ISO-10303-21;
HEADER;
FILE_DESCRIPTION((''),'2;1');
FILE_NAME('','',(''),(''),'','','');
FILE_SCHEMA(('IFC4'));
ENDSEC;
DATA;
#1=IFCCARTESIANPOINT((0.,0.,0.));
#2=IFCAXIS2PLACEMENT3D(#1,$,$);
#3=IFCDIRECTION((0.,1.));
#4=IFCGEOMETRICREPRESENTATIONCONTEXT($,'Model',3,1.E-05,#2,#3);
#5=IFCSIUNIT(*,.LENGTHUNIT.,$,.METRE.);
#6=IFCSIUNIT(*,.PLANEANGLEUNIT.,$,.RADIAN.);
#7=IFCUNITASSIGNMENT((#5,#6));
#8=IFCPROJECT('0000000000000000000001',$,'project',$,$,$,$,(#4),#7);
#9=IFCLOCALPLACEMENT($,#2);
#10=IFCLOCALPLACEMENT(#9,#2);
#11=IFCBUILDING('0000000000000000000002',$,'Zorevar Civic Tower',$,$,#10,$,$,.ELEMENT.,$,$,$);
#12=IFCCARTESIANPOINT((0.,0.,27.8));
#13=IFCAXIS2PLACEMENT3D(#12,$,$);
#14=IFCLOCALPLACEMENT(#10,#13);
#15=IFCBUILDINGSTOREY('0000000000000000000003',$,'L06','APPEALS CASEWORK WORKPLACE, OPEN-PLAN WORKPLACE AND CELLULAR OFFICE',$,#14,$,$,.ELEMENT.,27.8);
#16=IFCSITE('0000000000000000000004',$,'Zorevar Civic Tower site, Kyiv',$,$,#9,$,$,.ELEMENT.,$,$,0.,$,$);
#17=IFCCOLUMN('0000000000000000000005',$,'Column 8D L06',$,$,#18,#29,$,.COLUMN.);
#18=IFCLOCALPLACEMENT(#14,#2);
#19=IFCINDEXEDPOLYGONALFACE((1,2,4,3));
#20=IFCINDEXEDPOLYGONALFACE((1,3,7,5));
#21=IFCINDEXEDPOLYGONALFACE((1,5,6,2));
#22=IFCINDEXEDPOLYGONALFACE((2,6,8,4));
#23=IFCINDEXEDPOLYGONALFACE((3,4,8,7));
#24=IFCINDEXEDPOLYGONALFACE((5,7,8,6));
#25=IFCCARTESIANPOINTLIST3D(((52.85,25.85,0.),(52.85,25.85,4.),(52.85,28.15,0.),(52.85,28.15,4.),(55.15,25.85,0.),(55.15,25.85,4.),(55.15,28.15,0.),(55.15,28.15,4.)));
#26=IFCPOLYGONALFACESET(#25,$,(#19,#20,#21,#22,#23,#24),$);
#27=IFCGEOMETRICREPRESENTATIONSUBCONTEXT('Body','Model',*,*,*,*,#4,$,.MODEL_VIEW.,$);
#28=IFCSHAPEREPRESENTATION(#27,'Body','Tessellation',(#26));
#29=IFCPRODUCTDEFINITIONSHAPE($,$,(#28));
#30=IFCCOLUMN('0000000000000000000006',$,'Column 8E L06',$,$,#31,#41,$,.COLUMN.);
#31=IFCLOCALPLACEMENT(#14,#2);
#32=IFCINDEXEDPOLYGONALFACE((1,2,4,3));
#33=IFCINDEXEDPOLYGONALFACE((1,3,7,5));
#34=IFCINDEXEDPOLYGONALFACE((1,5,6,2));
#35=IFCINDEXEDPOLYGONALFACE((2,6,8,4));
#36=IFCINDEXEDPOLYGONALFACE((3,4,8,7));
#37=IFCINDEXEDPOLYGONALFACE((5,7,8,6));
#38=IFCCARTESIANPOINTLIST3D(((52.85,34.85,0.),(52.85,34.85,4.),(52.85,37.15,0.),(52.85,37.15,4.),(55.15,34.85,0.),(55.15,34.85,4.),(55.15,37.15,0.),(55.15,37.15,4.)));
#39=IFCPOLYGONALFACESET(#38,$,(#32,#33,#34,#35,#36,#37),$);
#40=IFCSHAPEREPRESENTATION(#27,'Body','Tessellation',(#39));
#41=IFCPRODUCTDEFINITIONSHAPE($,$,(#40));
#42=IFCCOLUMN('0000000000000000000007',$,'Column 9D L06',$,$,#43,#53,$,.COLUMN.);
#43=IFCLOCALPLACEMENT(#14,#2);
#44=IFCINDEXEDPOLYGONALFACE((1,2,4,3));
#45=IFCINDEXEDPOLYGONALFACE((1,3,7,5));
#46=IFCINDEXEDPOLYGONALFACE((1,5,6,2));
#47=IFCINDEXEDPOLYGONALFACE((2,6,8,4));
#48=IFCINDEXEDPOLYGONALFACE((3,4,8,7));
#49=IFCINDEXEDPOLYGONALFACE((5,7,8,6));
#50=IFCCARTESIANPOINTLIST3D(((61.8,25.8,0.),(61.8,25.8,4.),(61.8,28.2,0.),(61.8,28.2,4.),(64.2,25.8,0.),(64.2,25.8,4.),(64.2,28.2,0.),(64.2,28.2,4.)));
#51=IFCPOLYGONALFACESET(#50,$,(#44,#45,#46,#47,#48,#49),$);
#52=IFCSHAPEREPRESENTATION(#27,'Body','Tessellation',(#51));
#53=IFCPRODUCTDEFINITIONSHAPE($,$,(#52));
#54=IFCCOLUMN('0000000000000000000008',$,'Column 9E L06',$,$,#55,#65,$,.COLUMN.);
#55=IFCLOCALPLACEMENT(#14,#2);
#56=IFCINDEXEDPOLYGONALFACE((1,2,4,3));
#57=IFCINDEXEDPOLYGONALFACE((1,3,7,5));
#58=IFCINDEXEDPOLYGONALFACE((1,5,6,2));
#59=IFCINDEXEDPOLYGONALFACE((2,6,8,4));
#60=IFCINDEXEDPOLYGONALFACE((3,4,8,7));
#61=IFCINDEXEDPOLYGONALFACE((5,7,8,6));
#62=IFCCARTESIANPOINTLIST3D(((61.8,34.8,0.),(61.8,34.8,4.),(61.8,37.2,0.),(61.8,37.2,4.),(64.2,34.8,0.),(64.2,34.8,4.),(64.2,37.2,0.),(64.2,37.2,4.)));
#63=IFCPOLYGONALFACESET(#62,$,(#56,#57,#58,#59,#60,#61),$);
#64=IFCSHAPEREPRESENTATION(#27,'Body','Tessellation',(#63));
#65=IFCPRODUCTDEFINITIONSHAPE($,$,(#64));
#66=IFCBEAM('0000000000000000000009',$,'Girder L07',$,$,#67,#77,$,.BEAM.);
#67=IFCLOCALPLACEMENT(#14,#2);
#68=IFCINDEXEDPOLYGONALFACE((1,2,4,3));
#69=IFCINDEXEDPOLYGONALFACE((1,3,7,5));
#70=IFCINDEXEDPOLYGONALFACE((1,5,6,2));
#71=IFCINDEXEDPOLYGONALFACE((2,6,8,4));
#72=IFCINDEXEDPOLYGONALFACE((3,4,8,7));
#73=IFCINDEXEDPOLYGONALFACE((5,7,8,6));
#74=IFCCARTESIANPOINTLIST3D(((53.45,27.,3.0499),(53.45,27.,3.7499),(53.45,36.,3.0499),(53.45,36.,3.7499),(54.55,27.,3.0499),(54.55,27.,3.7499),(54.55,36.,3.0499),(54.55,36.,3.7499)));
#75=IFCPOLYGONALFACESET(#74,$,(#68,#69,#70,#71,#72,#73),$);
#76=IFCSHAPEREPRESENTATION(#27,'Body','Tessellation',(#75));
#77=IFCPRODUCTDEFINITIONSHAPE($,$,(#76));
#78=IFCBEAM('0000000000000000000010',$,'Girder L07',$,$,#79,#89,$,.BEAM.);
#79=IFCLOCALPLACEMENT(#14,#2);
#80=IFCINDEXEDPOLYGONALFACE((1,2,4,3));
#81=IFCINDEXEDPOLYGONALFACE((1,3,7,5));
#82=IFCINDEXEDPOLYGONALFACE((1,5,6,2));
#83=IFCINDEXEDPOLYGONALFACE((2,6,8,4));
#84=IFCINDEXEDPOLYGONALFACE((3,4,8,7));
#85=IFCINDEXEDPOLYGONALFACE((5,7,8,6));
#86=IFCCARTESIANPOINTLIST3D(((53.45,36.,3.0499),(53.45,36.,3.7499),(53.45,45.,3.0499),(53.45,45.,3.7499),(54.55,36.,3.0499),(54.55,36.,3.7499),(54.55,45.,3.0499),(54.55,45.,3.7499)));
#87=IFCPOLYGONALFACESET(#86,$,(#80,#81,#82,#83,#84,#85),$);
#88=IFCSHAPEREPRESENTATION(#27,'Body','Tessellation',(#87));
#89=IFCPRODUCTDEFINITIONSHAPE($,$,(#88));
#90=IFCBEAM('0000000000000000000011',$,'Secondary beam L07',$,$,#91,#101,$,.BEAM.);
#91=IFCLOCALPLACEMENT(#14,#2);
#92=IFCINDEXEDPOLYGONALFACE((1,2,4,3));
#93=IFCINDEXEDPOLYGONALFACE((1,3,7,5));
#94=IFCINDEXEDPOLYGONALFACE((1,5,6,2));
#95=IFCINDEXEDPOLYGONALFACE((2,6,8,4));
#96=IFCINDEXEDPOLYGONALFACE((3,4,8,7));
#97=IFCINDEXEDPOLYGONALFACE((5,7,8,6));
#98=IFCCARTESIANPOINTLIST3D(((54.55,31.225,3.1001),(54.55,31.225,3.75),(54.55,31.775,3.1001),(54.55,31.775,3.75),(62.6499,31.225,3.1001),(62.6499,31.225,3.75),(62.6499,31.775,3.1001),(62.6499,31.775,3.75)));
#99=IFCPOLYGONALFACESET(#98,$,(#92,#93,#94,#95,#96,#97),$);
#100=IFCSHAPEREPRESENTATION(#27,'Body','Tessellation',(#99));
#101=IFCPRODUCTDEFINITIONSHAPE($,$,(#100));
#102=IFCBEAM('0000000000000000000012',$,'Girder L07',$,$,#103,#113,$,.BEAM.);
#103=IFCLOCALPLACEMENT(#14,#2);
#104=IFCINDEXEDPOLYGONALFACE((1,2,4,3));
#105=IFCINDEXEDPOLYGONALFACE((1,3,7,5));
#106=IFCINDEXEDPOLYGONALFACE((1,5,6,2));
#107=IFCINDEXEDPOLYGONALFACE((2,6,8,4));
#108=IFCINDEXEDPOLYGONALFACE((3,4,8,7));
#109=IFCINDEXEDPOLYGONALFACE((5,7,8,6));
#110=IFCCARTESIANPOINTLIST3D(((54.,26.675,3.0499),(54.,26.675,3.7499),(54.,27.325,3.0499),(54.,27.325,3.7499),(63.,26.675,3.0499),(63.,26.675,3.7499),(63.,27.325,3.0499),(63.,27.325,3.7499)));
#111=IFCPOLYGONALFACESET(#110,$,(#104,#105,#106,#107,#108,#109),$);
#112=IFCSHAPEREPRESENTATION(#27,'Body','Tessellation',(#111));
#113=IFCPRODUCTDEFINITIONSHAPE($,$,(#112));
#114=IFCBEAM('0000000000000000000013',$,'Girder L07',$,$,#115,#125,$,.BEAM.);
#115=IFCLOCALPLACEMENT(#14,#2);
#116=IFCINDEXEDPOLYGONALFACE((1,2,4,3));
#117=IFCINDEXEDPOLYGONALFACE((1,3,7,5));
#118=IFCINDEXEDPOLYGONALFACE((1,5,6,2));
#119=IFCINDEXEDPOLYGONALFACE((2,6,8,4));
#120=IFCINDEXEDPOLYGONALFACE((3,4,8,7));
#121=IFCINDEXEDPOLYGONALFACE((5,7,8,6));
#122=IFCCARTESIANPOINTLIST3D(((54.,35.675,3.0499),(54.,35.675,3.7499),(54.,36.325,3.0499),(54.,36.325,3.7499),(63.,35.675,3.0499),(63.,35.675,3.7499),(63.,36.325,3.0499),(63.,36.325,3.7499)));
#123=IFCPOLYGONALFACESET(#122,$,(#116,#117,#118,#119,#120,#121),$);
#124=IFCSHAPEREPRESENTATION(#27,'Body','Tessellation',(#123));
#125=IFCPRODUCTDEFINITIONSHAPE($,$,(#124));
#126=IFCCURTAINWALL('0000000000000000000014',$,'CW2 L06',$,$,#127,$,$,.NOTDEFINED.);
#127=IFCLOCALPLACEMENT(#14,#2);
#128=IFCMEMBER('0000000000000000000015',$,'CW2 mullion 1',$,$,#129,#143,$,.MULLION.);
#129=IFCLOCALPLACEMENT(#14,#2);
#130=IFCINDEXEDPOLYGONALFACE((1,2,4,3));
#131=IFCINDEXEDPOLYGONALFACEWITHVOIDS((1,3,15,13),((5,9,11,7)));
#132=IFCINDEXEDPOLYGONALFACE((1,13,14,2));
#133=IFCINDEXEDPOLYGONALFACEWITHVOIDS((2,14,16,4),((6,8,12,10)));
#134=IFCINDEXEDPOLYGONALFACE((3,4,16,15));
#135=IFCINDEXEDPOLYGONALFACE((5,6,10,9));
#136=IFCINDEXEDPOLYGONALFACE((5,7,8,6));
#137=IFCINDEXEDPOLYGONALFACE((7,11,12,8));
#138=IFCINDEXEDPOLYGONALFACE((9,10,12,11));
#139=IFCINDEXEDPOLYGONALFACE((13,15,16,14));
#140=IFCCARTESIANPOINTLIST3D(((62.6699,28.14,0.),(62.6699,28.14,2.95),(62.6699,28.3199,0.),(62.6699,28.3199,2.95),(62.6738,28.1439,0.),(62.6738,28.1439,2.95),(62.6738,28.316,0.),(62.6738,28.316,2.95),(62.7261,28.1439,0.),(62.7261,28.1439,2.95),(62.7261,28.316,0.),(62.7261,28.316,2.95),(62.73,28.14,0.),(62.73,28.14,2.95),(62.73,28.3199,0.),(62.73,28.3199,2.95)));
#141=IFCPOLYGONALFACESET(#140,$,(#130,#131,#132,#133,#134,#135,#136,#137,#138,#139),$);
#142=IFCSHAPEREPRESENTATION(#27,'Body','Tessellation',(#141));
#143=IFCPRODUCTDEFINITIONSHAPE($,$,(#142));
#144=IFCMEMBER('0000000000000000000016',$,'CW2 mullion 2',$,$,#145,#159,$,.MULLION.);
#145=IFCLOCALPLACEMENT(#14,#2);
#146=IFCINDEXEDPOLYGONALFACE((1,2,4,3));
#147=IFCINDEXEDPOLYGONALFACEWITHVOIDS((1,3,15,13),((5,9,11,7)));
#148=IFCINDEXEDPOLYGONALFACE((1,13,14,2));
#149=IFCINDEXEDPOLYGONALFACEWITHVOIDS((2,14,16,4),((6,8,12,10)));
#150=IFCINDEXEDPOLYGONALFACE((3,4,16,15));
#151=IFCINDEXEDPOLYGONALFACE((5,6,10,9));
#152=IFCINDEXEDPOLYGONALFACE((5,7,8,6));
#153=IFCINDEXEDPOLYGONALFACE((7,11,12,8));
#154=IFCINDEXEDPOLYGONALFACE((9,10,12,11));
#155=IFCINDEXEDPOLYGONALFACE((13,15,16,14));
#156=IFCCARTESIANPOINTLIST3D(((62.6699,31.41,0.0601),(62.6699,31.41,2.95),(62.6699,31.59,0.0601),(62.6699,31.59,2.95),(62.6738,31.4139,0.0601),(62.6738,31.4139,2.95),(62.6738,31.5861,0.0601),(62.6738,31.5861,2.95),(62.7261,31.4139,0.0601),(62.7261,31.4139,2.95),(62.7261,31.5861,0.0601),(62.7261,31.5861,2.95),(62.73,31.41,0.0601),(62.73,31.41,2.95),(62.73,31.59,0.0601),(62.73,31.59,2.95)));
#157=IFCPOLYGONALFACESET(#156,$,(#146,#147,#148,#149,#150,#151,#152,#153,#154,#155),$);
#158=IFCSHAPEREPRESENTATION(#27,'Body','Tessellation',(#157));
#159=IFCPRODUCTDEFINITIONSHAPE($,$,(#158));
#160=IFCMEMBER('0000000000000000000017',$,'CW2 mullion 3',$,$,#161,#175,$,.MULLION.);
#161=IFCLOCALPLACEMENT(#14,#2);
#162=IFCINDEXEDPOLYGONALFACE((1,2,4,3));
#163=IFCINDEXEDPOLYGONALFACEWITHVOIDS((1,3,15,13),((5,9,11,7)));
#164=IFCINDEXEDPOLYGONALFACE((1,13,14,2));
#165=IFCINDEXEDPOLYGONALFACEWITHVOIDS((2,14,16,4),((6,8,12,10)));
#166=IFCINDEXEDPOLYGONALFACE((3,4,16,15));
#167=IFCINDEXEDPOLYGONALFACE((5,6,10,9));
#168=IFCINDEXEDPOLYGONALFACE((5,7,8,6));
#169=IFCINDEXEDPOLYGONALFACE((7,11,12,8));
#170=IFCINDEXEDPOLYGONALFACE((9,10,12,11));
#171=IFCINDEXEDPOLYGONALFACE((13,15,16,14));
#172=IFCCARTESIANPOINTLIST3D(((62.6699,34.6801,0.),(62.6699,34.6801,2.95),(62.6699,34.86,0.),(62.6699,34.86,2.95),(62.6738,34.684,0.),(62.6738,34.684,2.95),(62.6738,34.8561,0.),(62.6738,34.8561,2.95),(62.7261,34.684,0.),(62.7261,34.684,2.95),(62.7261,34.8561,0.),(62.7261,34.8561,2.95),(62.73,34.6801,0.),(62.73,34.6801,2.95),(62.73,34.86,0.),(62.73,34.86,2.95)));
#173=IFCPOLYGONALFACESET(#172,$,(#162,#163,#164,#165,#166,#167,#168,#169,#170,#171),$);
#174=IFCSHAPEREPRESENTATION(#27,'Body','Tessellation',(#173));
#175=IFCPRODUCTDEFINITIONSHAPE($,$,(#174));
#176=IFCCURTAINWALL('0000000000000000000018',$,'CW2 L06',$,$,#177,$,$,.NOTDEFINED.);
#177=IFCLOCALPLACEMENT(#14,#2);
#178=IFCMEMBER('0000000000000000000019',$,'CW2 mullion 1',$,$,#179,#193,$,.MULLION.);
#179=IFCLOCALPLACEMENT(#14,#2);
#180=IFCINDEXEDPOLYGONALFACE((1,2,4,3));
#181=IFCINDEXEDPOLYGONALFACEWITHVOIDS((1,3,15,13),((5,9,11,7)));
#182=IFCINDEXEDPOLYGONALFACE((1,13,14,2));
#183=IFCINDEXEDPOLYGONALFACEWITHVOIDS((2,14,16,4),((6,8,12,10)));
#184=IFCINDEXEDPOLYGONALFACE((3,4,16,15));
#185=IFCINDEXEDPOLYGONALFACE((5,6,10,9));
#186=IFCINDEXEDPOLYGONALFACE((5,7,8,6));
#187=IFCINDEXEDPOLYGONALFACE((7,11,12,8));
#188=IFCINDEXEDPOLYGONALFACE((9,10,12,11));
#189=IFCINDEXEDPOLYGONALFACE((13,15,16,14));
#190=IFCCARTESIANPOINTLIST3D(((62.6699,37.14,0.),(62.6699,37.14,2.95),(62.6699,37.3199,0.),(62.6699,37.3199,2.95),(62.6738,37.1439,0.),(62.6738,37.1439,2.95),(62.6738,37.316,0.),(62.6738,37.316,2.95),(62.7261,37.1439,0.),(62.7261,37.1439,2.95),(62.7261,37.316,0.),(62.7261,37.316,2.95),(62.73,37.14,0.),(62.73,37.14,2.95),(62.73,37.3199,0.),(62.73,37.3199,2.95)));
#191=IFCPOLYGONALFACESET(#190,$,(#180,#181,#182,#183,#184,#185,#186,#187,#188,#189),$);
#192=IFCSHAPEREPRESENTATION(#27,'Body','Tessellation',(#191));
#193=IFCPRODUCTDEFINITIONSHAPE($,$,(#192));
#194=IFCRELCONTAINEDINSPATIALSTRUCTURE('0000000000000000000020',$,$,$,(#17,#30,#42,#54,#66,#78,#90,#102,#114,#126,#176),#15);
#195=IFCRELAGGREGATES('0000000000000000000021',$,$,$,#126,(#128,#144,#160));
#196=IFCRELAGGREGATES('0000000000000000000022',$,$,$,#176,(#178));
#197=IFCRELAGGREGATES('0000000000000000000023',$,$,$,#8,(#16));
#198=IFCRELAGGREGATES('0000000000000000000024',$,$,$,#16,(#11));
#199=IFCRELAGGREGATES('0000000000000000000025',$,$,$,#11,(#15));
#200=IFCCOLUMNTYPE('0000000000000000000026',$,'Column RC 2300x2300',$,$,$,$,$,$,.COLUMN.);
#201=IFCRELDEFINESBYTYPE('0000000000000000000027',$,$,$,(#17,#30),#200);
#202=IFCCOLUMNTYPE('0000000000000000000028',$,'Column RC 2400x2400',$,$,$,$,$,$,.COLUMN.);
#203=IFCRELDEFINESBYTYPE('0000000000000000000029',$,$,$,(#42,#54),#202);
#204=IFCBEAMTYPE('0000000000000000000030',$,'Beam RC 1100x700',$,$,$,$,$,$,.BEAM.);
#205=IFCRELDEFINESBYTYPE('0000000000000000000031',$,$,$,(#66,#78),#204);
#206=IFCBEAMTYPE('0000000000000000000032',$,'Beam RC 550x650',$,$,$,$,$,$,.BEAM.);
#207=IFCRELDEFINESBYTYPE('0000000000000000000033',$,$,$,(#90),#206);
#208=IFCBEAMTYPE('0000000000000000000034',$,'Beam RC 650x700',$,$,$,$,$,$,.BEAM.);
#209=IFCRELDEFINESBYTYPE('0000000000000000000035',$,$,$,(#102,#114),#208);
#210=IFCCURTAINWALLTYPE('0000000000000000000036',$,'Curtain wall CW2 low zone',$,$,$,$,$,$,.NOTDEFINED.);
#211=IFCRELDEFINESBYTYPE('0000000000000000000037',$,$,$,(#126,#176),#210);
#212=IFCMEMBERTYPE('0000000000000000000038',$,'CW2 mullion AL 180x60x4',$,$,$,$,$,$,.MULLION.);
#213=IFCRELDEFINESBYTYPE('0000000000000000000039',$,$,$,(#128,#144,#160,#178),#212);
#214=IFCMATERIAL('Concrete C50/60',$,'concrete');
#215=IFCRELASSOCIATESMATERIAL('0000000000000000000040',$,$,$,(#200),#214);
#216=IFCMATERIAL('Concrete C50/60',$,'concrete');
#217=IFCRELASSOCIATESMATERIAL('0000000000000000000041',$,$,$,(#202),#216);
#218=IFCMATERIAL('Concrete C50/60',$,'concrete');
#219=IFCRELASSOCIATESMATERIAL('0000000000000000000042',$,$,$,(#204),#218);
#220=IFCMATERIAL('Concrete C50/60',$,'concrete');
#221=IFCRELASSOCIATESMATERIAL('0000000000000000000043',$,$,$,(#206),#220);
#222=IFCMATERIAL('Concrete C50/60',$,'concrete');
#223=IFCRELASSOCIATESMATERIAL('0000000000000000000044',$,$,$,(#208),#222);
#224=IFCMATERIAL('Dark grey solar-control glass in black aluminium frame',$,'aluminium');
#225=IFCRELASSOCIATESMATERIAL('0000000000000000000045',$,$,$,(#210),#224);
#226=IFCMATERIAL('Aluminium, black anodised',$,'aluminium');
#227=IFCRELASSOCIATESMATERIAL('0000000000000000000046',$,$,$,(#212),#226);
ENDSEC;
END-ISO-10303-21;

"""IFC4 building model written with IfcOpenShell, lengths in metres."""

from ifc_helpers import new_model, si_unit, direction, frame, origin, origin_2d, place, context, subcontext, project, spatial, rectangle, hollow_rectangle, extrude, material, material_profile, profile_set, type_object, element, aggregate, save


model = new_model("IFC4")

# Units and contexts
model_context = context("Model", 3, precision=1e-05, world=origin(), true_north=direction((0.0, 1.0)))
body_context = subcontext(model_context, "Body", "Model", "MODEL_VIEW")
ifc_project = project(units=[si_unit("LENGTHUNIT", "METRE"), si_unit("PLANEANGLEUNIT", "RADIAN")], contexts=[model_context])

# Site, building, storey
site_placement = place(None, origin())
site = spatial("IfcSite", under=ifc_project, at=site_placement, Name="Zorevar Civic Tower site, Kyiv", CompositionType="ELEMENT", RefElevation=0.0)
building_placement = place(site_placement, origin())
building = spatial("IfcBuilding", under=site, at=building_placement, Name="Zorevar Civic Tower", CompositionType="ELEMENT")
storey_placement = place(building_placement, frame((0.0, 0.0, 27.8)))
storey = spatial("IfcBuildingStorey", under=building, at=storey_placement, Name="L06", Description="APPEALS CASEWORK WORKPLACE, OPEN-PLAN WORKPLACE AND CELLULAR OFFICE", CompositionType="ELEMENT", Elevation=27.8)

# Columns
ifc_material_1 = material(Name="Concrete C50/60", Category="concrete")
ifc_material_profile_1 = material_profile(ifc_material_1, rectangle(XDim=2.3, YDim=2.3, at=origin_2d()), Name="RC 2300x2300")
ifc_profile_set_1 = profile_set([ifc_material_profile_1], Name="Concrete C50/60")
column_type_1 = type_object("IfcColumnType", Name="Column RC 2300x2300", PredefinedType="COLUMN", material=ifc_profile_set_1)
for number, where, z_axis, x_axis, name in (
    (1, (54.0, 27.0, 0.0), (0.0, 0.0, 1.0), (1.0, 0.0, 0.0), "Column 8D L06"),
    (2, (54.0, 36.0, 0.0), (0.0, 0.0, 1.0), (1.0, 0.0, 0.0), "Column 8E L06"),
):
    element("IfcColumn", number, at=place(storey_placement, frame(where, z_axis=z_axis, x_axis=x_axis)), inside=storey, type_object=column_type_1, Name=name, PredefinedType="COLUMN", context=body_context, shape_type="SweptSolid", body=[
        extrude(rectangle(XDim=2.3, YDim=2.3, at=origin_2d()), origin(), (0.0, 0.0, 1.0), 4.0),
    ])
ifc_material_2 = material(Name="Concrete C50/60", Category="concrete")
ifc_material_profile_2 = material_profile(ifc_material_2, rectangle(XDim=2.3999, YDim=2.3999, at=origin_2d()), Name="RC 2400x2400")
ifc_profile_set_2 = profile_set([ifc_material_profile_2], Name="Concrete C50/60")
column_type_2 = type_object("IfcColumnType", Name="Column RC 2400x2400", PredefinedType="COLUMN", material=ifc_profile_set_2)
for number, where, z_axis, x_axis, name in (
    (3, (63.0, 27.0, 0.0), (0.0, 0.0, 1.0), (1.0, 0.0, 0.0), "Column 9D L06"),
    (4, (63.0, 36.0, 0.0), (0.0, 0.0, 1.0), (1.0, 0.0, 0.0), "Column 9E L06"),
):
    element("IfcColumn", number, at=place(storey_placement, frame(where, z_axis=z_axis, x_axis=x_axis)), inside=storey, type_object=column_type_2, Name=name, PredefinedType="COLUMN", context=body_context, shape_type="SweptSolid", body=[
        extrude(rectangle(XDim=2.3999, YDim=2.3999, at=origin_2d()), origin(), (0.0, 0.0, 1.0), 4.0),
    ])

# Beams
ifc_material_3 = material(Name="Concrete C50/60", Category="concrete")
ifc_material_profile_3 = material_profile(ifc_material_3, rectangle(XDim=1.1001, YDim=0.7, at=origin_2d()), Name="RC 1100x700")
ifc_profile_set_3 = profile_set([ifc_material_profile_3], Name="Concrete C50/60")
beam_type_1 = type_object("IfcBeamType", Name="Beam RC 1100x700", PredefinedType="BEAM", material=ifc_profile_set_3)
for number, where, z_axis, x_axis, name in (
    (5, (54.0, 27.0, 3.3999), (0.0, 1.0, 0.0), (-1.0, 0.0, 0.0), "Girder L07"),
    (6, (54.0, 36.0, 3.3999), (0.0, 1.0, 0.0), (-1.0, 0.0, 0.0), "Girder L07"),
):
    element("IfcBeam", number, at=place(storey_placement, frame(where, z_axis=z_axis, x_axis=x_axis)), inside=storey, type_object=beam_type_1, Name=name, PredefinedType="BEAM", context=body_context, shape_type="SweptSolid", body=[
        extrude(rectangle(XDim=1.1001, YDim=0.7, at=origin_2d()), origin(), (0.0, 0.0, 1.0), 9.0),
    ])
ifc_material_4 = material(Name="Concrete C50/60", Category="concrete")
ifc_material_profile_4 = material_profile(ifc_material_4, rectangle(XDim=0.55, YDim=0.6499, at=origin_2d()), Name="RC 550x650")
ifc_profile_set_4 = profile_set([ifc_material_profile_4], Name="Concrete C50/60")
beam_type_2 = type_object("IfcBeamType", Name="Beam RC 550x650", PredefinedType="BEAM", material=ifc_profile_set_4)
beam_placement = place(storey_placement, frame((54.55, 31.5, 3.425), z_axis=(1.0, 0.0, 0.0), x_axis=(0.0, 1.0, 0.0)))
element("IfcBeam", 7, at=beam_placement, inside=storey, type_object=beam_type_2, Name="Secondary beam L07", PredefinedType="BEAM", context=body_context, shape_type="SweptSolid", body=[
    extrude(rectangle(XDim=0.55, YDim=0.6499, at=origin_2d()), origin(), (0.0, 0.0, 1.0), 8.0999),
])
ifc_material_5 = material(Name="Concrete C50/60", Category="concrete")
ifc_material_profile_5 = material_profile(ifc_material_5, rectangle(XDim=0.6499, YDim=0.7, at=origin_2d()), Name="RC 650x700")
ifc_profile_set_5 = profile_set([ifc_material_profile_5], Name="Concrete C50/60")
beam_type_3 = type_object("IfcBeamType", Name="Beam RC 650x700", PredefinedType="BEAM", material=ifc_profile_set_5)
for number, where, z_axis, x_axis, name in (
    (8, (54.0, 27.0, 3.3999), (1.0, 0.0, 0.0), (0.0, 1.0, 0.0), "Girder L07"),
    (9, (54.0, 36.0, 3.3999), (1.0, 0.0, 0.0), (0.0, 1.0, 0.0), "Girder L07"),
):
    element("IfcBeam", number, at=place(storey_placement, frame(where, z_axis=z_axis, x_axis=x_axis)), inside=storey, type_object=beam_type_3, Name=name, PredefinedType="BEAM", context=body_context, shape_type="SweptSolid", body=[
        extrude(rectangle(XDim=0.6499, YDim=0.7, at=origin_2d()), origin(), (0.0, 0.0, 1.0), 9.0),
    ])

# Curtain wall, members
ifc_material_6 = material(Name="Dark grey solar-control glass in black aluminium frame", Category="aluminium")
curtain_wall_type = type_object("IfcCurtainWallType", Name="Curtain wall CW2 low zone", PredefinedType="NOTDEFINED", material=ifc_material_6)
curtain_wall_1_placement = place(storey_placement, origin())
curtain_wall_1 = element("IfcCurtainWall", 10, at=curtain_wall_1_placement, inside=storey, type_object=curtain_wall_type, Name="CW2 L06", PredefinedType="NOTDEFINED")
ifc_material_7 = material(Name="Aluminium, black anodised", Category="aluminium")
ifc_material_profile_6 = material_profile(ifc_material_7, hollow_rectangle(XDim=0.0601, YDim=0.1799, WallThickness=0.0039, at=origin_2d()), Name="AL 180x60x4")
ifc_profile_set_6 = profile_set([ifc_material_profile_6], Name="Aluminium, black anodised")
member_type_1 = type_object("IfcMemberType", Name="CW2 mullion AL 180x60x4", PredefinedType="MULLION", material=ifc_profile_set_6)
member_1_placement = place(storey_placement, frame((62.7, 28.23, 0.0), z_axis=(0.0, 0.0, 1.0), x_axis=(-1.0, 0.0, 0.0)))
member_1 = element("IfcMember", 11, at=member_1_placement, type_object=member_type_1, Name="CW2 mullion 1", PredefinedType="MULLION", context=body_context, shape_type="SweptSolid", body=[
    extrude(hollow_rectangle(XDim=0.0601, YDim=0.1799, WallThickness=0.0039, at=origin_2d()), origin(), (0.0, 0.0, 1.0), 2.95),
])
member_2_placement = place(storey_placement, frame((62.7, 31.5, 0.0601), z_axis=(0.0, 0.0, 1.0), x_axis=(-1.0, 0.0, 0.0)))
member_2 = element("IfcMember", 12, at=member_2_placement, type_object=member_type_1, Name="CW2 mullion 2", PredefinedType="MULLION", context=body_context, shape_type="SweptSolid", body=[
    extrude(hollow_rectangle(XDim=0.0601, YDim=0.1799, WallThickness=0.0039, at=origin_2d()), origin(), (0.0, 0.0, 1.0), 2.8899),
])
member_3_placement = place(storey_placement, frame((62.7, 34.77, 0.0), z_axis=(0.0, 0.0, 1.0), x_axis=(-1.0, 0.0, 0.0)))
member_3 = element("IfcMember", 13, at=member_3_placement, type_object=member_type_1, Name="CW2 mullion 3", PredefinedType="MULLION", context=body_context, shape_type="SweptSolid", body=[
    extrude(hollow_rectangle(XDim=0.0601, YDim=0.1799, WallThickness=0.0039, at=origin_2d()), origin(), (0.0, 0.0, 1.0), 2.95),
])

# Curtain wall, member
curtain_wall_2_placement = place(storey_placement, origin())
curtain_wall_2 = element("IfcCurtainWall", 14, at=curtain_wall_2_placement, inside=storey, type_object=curtain_wall_type, Name="CW2 L06", PredefinedType="NOTDEFINED")
member_4_placement = place(storey_placement, frame((62.7, 37.23, 0.0), z_axis=(0.0, 0.0, 1.0), x_axis=(-1.0, 0.0, 0.0)))
member_4 = element("IfcMember", 15, at=member_4_placement, type_object=member_type_1, Name="CW2 mullion 1", PredefinedType="MULLION", context=body_context, shape_type="SweptSolid", body=[
    extrude(hollow_rectangle(XDim=0.0601, YDim=0.1799, WallThickness=0.0039, at=origin_2d()), origin(), (0.0, 0.0, 1.0), 2.95),
])

aggregate(curtain_wall_1, [member_1, member_2, member_3])
aggregate(curtain_wall_2, [member_4])

save(model, "model.ifc")
